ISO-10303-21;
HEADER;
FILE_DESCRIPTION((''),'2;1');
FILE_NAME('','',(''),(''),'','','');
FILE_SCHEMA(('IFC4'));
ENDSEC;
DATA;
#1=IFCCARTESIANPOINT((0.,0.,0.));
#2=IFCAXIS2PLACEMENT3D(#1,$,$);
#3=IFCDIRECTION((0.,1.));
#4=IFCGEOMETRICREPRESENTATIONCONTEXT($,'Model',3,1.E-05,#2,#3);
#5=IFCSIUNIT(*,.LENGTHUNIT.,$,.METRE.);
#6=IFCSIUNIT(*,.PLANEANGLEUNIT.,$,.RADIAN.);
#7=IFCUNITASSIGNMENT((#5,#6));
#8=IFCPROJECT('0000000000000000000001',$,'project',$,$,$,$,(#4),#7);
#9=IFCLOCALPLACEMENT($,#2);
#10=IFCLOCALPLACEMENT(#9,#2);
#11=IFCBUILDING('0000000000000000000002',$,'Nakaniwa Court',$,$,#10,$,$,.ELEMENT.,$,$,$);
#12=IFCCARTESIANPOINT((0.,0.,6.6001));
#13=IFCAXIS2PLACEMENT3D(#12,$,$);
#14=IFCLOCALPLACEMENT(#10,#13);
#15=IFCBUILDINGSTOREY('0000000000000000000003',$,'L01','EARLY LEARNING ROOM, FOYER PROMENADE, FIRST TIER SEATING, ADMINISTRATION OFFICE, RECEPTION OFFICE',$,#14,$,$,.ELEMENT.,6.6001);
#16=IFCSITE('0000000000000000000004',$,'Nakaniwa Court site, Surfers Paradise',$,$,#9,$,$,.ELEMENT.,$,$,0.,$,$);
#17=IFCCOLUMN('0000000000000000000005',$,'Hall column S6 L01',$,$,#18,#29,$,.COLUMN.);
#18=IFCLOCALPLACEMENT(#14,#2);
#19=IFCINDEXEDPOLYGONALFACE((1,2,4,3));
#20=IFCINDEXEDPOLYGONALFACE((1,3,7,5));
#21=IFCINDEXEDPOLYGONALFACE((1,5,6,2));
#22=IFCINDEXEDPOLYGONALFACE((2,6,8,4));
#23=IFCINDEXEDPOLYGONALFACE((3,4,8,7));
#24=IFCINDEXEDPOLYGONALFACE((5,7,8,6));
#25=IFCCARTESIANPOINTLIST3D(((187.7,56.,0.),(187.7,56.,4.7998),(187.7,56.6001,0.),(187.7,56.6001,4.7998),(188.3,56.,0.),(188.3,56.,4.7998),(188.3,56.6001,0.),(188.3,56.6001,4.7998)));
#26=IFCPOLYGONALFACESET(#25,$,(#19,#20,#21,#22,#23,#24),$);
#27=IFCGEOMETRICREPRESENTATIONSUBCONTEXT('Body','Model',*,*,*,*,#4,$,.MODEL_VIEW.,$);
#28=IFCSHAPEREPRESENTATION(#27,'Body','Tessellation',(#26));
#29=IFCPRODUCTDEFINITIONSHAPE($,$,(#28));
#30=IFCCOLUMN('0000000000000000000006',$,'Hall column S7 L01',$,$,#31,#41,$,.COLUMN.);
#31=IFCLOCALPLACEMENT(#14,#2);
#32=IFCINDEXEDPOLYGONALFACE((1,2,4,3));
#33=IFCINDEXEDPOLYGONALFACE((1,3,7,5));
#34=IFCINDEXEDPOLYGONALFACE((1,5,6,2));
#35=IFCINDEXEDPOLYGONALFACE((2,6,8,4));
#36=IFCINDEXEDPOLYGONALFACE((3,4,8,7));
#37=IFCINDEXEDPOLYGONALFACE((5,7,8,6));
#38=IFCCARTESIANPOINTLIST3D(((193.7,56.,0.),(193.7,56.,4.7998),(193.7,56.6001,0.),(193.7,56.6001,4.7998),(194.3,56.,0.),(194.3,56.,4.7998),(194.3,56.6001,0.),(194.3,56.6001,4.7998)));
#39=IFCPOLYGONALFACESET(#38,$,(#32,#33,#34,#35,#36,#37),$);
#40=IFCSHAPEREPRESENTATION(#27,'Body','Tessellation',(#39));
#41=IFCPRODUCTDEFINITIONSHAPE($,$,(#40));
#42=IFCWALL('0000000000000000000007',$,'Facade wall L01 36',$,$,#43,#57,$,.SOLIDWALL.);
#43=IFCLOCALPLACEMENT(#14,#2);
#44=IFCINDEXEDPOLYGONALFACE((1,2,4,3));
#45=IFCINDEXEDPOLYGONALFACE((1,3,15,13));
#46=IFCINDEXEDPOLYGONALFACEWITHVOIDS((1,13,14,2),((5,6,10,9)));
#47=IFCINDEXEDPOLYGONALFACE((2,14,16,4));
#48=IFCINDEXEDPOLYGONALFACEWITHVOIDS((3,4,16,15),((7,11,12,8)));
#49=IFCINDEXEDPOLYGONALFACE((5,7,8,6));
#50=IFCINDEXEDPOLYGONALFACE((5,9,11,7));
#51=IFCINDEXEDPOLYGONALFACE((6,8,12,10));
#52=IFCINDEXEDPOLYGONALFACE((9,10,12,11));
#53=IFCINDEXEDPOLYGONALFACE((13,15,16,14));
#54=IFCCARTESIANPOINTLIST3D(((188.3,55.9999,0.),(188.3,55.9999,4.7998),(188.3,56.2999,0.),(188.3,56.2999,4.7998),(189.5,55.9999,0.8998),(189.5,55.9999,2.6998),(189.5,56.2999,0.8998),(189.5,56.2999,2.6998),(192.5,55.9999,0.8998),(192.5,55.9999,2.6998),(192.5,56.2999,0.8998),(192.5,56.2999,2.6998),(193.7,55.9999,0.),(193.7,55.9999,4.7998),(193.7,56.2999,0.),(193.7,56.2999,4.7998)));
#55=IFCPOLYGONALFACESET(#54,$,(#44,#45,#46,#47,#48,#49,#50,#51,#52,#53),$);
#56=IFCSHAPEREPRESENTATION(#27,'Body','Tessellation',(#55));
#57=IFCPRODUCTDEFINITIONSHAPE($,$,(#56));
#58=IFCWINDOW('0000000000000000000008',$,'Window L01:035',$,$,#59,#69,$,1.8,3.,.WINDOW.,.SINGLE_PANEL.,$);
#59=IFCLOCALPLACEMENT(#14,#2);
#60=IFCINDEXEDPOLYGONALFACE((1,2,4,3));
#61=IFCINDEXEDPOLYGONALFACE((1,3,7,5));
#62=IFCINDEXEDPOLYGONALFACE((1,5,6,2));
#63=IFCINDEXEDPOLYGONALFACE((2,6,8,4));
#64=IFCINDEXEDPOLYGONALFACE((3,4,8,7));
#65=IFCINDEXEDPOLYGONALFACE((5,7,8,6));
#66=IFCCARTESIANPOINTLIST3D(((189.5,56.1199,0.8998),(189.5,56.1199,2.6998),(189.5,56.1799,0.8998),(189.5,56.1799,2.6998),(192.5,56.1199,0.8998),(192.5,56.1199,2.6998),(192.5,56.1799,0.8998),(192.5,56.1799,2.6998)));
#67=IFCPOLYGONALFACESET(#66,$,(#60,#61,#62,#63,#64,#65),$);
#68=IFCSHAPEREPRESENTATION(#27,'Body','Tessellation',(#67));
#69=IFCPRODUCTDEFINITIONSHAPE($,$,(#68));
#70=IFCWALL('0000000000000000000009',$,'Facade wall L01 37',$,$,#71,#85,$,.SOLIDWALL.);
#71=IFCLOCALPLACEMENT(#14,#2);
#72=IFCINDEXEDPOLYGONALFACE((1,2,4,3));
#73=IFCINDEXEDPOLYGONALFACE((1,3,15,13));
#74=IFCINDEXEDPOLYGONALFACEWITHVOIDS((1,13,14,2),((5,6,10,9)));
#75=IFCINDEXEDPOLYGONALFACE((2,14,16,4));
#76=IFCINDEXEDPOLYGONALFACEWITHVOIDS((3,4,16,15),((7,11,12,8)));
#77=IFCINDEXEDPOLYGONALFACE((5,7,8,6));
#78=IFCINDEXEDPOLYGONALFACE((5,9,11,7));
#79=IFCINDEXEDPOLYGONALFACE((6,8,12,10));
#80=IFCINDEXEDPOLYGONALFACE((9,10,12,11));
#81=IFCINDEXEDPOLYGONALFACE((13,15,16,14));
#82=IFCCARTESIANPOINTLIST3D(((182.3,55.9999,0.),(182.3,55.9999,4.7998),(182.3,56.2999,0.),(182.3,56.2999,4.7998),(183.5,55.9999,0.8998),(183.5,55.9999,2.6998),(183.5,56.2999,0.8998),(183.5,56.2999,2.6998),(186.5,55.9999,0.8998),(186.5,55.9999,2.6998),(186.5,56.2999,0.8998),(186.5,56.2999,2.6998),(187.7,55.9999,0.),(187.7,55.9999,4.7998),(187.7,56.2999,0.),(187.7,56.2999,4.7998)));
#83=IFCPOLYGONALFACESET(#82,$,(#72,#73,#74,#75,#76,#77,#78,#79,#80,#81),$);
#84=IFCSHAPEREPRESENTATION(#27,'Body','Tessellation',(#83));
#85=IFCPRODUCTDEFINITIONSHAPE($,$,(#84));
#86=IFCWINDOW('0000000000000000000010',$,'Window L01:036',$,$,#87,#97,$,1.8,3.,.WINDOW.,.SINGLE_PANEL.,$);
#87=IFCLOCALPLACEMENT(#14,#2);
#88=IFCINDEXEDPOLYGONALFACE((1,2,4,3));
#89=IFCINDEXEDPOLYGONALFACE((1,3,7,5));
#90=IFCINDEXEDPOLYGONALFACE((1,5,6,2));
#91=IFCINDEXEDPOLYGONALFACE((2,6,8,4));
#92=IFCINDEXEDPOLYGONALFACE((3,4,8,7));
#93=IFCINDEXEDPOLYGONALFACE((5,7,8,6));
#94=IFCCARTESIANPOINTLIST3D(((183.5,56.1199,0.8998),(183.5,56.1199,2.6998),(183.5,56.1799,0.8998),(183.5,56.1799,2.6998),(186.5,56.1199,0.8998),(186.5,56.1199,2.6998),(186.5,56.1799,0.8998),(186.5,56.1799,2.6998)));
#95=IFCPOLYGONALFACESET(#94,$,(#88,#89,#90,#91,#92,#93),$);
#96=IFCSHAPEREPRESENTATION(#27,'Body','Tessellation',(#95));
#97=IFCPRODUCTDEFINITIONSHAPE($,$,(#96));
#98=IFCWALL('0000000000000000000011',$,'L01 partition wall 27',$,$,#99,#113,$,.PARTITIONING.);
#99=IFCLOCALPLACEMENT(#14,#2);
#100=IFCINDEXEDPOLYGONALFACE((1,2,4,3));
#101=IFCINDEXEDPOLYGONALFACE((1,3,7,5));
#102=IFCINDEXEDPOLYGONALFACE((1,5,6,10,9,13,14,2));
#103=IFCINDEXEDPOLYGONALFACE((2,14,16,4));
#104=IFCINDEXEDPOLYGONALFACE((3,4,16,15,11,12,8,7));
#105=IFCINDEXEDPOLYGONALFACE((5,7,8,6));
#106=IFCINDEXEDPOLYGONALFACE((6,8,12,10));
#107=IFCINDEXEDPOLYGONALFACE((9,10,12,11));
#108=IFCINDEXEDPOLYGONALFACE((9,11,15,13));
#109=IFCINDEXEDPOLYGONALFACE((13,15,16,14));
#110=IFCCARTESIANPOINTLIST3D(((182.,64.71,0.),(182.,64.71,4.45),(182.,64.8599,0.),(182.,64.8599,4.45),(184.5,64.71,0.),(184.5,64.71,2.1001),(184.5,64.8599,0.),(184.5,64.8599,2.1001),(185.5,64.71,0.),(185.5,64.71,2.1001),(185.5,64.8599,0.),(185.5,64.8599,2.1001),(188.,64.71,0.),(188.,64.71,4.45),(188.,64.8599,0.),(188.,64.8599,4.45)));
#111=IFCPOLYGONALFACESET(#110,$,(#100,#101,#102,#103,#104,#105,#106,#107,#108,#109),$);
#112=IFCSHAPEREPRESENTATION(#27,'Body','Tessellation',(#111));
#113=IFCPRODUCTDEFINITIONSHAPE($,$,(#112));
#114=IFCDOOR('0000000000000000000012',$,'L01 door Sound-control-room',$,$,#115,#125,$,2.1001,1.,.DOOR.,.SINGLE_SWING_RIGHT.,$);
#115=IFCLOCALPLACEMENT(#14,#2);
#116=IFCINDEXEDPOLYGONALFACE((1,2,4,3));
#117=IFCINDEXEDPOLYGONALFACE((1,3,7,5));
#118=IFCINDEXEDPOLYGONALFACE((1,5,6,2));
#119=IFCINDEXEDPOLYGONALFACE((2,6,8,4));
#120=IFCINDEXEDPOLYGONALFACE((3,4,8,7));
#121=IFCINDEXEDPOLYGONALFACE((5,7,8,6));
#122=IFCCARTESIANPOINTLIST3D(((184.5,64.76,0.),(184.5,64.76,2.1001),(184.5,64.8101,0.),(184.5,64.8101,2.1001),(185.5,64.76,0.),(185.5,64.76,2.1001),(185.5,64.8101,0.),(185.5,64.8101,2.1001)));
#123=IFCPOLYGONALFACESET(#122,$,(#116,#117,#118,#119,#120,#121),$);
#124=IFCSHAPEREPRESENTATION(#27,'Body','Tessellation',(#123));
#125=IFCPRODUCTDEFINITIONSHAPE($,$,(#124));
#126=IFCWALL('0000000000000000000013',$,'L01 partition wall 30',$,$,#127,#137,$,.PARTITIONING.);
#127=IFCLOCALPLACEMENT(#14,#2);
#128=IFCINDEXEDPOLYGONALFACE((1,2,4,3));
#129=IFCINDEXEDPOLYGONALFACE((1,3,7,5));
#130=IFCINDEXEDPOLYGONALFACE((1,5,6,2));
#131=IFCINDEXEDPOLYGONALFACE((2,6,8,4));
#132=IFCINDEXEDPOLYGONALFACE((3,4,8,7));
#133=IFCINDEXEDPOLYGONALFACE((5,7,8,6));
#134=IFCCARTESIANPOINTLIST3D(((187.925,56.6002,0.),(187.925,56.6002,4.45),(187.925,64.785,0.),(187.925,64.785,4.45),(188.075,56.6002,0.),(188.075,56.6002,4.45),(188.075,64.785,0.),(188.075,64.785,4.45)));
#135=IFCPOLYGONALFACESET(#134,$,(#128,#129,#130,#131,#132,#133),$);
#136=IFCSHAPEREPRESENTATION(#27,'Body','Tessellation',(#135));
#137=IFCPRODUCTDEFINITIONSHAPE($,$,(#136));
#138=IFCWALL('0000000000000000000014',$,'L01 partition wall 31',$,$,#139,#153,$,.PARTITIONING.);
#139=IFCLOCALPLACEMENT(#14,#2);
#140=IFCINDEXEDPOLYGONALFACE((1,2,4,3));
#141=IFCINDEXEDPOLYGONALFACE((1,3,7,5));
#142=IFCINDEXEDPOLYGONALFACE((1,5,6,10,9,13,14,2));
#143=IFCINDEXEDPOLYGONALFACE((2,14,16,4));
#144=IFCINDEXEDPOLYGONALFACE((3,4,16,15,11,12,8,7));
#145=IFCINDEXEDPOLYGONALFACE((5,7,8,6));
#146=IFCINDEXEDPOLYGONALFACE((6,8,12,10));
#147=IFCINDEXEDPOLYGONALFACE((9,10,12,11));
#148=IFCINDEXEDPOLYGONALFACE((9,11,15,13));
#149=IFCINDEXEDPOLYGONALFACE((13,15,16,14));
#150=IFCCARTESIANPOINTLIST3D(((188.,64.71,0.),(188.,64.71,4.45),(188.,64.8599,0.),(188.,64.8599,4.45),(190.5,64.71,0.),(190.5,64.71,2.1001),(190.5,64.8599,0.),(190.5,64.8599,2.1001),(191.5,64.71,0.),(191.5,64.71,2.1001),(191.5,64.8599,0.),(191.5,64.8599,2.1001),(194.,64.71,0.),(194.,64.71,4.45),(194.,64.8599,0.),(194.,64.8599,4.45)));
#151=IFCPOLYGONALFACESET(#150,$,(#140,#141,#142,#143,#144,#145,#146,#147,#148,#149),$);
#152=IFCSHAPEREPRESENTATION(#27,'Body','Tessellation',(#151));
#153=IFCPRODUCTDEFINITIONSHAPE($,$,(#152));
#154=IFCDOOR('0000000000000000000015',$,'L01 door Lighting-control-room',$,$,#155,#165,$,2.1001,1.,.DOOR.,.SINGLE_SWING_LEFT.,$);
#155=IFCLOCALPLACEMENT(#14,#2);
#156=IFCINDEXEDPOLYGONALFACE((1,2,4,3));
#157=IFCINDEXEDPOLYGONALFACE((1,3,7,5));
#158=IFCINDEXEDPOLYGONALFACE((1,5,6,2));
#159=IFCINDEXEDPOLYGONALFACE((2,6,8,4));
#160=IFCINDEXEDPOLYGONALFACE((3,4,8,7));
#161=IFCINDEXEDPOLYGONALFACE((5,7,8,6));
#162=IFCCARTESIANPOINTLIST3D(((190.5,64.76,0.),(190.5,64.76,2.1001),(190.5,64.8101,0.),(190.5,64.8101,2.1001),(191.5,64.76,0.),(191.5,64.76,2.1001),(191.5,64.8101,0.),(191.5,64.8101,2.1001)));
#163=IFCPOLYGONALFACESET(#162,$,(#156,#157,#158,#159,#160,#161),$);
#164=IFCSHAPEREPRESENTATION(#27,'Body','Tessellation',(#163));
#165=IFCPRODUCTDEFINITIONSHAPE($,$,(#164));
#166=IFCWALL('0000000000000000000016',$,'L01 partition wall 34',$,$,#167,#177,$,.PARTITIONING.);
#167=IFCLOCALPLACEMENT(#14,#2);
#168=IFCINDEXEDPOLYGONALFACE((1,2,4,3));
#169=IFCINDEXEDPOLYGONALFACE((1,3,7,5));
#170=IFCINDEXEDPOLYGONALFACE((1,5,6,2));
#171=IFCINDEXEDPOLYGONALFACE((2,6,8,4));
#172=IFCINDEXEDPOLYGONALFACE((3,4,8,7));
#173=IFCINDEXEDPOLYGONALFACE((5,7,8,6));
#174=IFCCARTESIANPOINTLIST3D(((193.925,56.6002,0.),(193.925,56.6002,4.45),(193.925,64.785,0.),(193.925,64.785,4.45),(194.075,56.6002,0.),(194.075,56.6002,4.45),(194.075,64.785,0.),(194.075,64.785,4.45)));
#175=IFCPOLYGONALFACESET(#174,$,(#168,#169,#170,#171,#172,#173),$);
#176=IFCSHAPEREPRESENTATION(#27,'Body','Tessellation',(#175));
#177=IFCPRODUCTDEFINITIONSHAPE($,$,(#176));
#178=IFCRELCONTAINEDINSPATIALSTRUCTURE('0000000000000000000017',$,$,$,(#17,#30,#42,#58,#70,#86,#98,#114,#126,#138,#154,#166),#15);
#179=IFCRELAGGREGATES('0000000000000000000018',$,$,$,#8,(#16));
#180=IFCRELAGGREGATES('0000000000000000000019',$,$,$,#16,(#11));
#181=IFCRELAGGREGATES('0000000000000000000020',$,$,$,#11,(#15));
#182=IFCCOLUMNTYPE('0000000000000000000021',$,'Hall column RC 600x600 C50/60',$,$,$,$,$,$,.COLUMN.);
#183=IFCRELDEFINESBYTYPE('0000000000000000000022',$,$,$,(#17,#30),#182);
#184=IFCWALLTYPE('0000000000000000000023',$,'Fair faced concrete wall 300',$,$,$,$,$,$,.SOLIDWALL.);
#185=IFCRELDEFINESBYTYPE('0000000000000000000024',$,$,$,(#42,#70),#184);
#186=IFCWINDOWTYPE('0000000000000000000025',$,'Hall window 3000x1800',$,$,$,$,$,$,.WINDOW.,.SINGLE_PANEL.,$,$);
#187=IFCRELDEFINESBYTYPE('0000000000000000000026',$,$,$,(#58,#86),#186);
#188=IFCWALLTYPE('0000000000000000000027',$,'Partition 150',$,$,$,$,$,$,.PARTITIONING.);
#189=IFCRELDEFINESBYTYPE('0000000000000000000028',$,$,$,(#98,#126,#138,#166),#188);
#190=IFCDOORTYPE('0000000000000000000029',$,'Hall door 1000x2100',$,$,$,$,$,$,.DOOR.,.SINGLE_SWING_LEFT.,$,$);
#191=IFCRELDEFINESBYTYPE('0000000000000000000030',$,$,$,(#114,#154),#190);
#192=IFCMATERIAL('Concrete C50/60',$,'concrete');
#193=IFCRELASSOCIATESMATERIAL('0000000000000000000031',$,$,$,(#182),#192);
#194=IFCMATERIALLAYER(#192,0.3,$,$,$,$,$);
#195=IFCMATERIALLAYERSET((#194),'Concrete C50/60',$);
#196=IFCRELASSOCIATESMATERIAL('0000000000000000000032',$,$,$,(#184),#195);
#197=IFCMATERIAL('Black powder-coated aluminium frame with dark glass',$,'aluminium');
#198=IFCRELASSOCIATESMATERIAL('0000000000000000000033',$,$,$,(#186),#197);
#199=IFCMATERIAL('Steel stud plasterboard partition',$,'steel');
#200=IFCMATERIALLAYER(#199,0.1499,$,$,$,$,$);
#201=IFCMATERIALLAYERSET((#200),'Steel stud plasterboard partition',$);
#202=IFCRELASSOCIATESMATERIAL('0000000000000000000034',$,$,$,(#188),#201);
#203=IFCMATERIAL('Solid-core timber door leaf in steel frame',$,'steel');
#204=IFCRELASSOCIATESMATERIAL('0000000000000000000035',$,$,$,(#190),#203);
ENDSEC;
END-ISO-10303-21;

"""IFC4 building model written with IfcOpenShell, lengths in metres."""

from ifc_helpers import new_model, si_unit, direction, frame, frame_2d, origin, origin_2d, place, context, subcontext, project, spatial, rectangle, extrude, material, layer, layer_set, material_profile, profile_set, type_object, element, fill, save


model = new_model("IFC4")

# Units and contexts
model_context = context("Model", 3, precision=1e-05, world=origin(), true_north=direction((0.0, 1.0)))
body_context = subcontext(model_context, "Body", "Model", "MODEL_VIEW")
ifc_project = project(units=[si_unit("LENGTHUNIT", "METRE"), si_unit("PLANEANGLEUNIT", "RADIAN")], contexts=[model_context])

# Site, building, storey
site_placement = place(None, origin())
site = spatial("IfcSite", under=ifc_project, at=site_placement, Name="Nakaniwa Court site, Surfers Paradise", CompositionType="ELEMENT", RefElevation=0.0)
building_placement = place(site_placement, origin())
building = spatial("IfcBuilding", under=site, at=building_placement, Name="Nakaniwa Court", CompositionType="ELEMENT")
storey_placement = place(building_placement, frame((0.0, 0.0, 6.6001)))
storey = spatial("IfcBuildingStorey", under=building, at=storey_placement, Name="L01", Description="EARLY LEARNING ROOM, FOYER PROMENADE, FIRST TIER SEATING, ADMINISTRATION OFFICE, RECEPTION OFFICE", CompositionType="ELEMENT", Elevation=6.6001)

# Columns
ifc_material_1 = material(Name="Concrete C50/60", Category="concrete")
ifc_material_profile_1 = material_profile(ifc_material_1, rectangle(XDim=0.6001, YDim=0.6001, at=origin_2d()), Name="RC 600x600")
ifc_profile_set_1 = profile_set([ifc_material_profile_1], Name="Concrete C50/60")
column_type = type_object("IfcColumnType", Name="Hall column RC 600x600 C50/60", PredefinedType="COLUMN", material=ifc_profile_set_1)
for number, where, z_axis, x_axis, name in (
    (1, (188.0, 56.3, 0.0), (0.0, 0.0, 1.0), (1.0, 0.0, 0.0), "Hall column S6 L01"),
    (2, (194.0, 56.3, 0.0), (0.0, 0.0, 1.0), (1.0, 0.0, 0.0), "Hall column S7 L01"),
):
    element("IfcColumn", number, at=place(storey_placement, frame(where, z_axis=z_axis, x_axis=x_axis)), inside=storey, type_object=column_type, Name=name, PredefinedType="COLUMN", context=body_context, shape_type="SweptSolid", body=[
        extrude(rectangle(XDim=0.6001, YDim=0.6001, at=origin_2d()), origin(), (0.0, 0.0, 1.0), 4.7998),
    ])

# Walls, openings, windows
ifc_layer_1 = layer(ifc_material_1, 0.3)
ifc_layer_set_1 = layer_set([ifc_layer_1], Name="Concrete C50/60")
wall_type_1 = type_object("IfcWallType", Name="Fair faced concrete wall 300", PredefinedType="SOLIDWALL", material=ifc_layer_set_1)
wall_1_placement = place(storey_placement, frame((193.7, 56.1499, 0.0), z_axis=(0.0, 0.0, 1.0), x_axis=(-1.0, 0.0, 0.0)))
wall_1 = element("IfcWall", 3, at=wall_1_placement, inside=storey, type_object=wall_type_1, Name="Facade wall L01 36", PredefinedType="SOLIDWALL", context=body_context, shape_type="SweptSolid", body=[
    extrude(rectangle(XDim=5.3999, YDim=0.3, at=frame_2d((2.7, 0.0))), origin(), (0.0, 0.0, 1.0), 4.7998),
])
opening_1_placement = place(wall_1_placement, frame((1.2, 0.0, 0.8999)))
opening_1 = element("IfcOpeningElement", 4, at=opening_1_placement, cuts=wall_1, PredefinedType="OPENING", context=body_context, shape_type="SweptSolid", body=[
    extrude(rectangle(XDim=3.0, YDim=1.8, at=frame_2d((1.5, 0.8999))), frame((0.0, 0.1599, 0.0), z_axis=(0.0, -1.0, 0.0), x_axis=(1.0, 0.0, 0.0)), (0.0, 0.0, 1.0), 0.3201),
])
ifc_material_2 = material(Name="Black powder-coated aluminium frame with dark glass", Category="aluminium")
window_type = type_object("IfcWindowType", Name="Hall window 3000x1800", PartitioningType="SINGLE_PANEL", PredefinedType="WINDOW", material=ifc_material_2)
window_1_placement = place(opening_1_placement, origin())
window_1 = element("IfcWindow", 5, at=window_1_placement, inside=storey, type_object=window_type, Name="Window L01:035", OverallHeight=1.8, OverallWidth=3.0, PartitioningType="SINGLE_PANEL", PredefinedType="WINDOW", context=body_context, shape_type="SweptSolid", body=[
    extrude(rectangle(XDim=3.0, YDim=1.8, at=frame_2d((1.5, 0.8999))), frame((0.0, 0.03, 0.0), z_axis=(0.0, -1.0, 0.0), x_axis=(1.0, 0.0, 0.0)), (0.0, 0.0, 1.0), 0.0601),
])
fill(opening_1, window_1)
wall_2_placement = place(storey_placement, frame((187.7, 56.1499, 0.0), z_axis=(0.0, 0.0, 1.0), x_axis=(-1.0, 0.0, 0.0)))
wall_2 = element("IfcWall", 6, at=wall_2_placement, inside=storey, type_object=wall_type_1, Name="Facade wall L01 37", PredefinedType="SOLIDWALL", context=body_context, shape_type="SweptSolid", body=[
    extrude(rectangle(XDim=5.3999, YDim=0.3, at=frame_2d((2.7, 0.0))), origin(), (0.0, 0.0, 1.0), 4.7998),
])
opening_2_placement = place(wall_2_placement, frame((1.2, 0.0, 0.8999)))
opening_2 = element("IfcOpeningElement", 7, at=opening_2_placement, cuts=wall_2, PredefinedType="OPENING", context=body_context, shape_type="SweptSolid", body=[
    extrude(rectangle(XDim=3.0, YDim=1.8, at=frame_2d((1.5, 0.8999))), frame((0.0, 0.1599, 0.0), z_axis=(0.0, -1.0, 0.0), x_axis=(1.0, 0.0, 0.0)), (0.0, 0.0, 1.0), 0.3201),
])
window_2_placement = place(opening_2_placement, origin())
window_2 = element("IfcWindow", 8, at=window_2_placement, inside=storey, type_object=window_type, Name="Window L01:036", OverallHeight=1.8, OverallWidth=3.0, PartitioningType="SINGLE_PANEL", PredefinedType="WINDOW", context=body_context, shape_type="SweptSolid", body=[
    extrude(rectangle(XDim=3.0, YDim=1.8, at=frame_2d((1.5, 0.8999))), frame((0.0, 0.03, 0.0), z_axis=(0.0, -1.0, 0.0), x_axis=(1.0, 0.0, 0.0)), (0.0, 0.0, 1.0), 0.0601),
])
fill(opening_2, window_2)

# Wall, opening, door
ifc_material_3 = material(Name="Steel stud plasterboard partition", Category="steel")
ifc_layer_2 = layer(ifc_material_3, 0.1499)
ifc_layer_set_2 = layer_set([ifc_layer_2], Name="Steel stud plasterboard partition")
wall_type_2 = type_object("IfcWallType", Name="Partition 150", PredefinedType="PARTITIONING", material=ifc_layer_set_2)
wall_3_placement = place(storey_placement, frame((188.0, 64.7849, 0.0), z_axis=(0.0, 0.0, 1.0), x_axis=(-1.0, 0.0, 0.0)))
wall_3 = element("IfcWall", 9, at=wall_3_placement, inside=storey, type_object=wall_type_2, Name="L01 partition wall 27", PredefinedType="PARTITIONING", context=body_context, shape_type="SweptSolid", body=[
    extrude(rectangle(XDim=6.0, YDim=0.1499, at=frame_2d((3.0, 0.0))), origin(), (0.0, 0.0, 1.0), 4.45),
])
opening_3_placement = place(wall_3_placement, frame((2.5, 0.0, 0.0)))
opening_3 = element("IfcOpeningElement", 10, at=opening_3_placement, cuts=wall_3, PredefinedType="OPENING", context=body_context, shape_type="SweptSolid", body=[
    extrude(rectangle(XDim=1.0, YDim=2.1001, at=frame_2d((0.5, 1.05))), frame((0.0, 0.085, 0.0), z_axis=(0.0, -1.0, 0.0), x_axis=(1.0, 0.0, 0.0)), (0.0, 0.0, 1.0), 0.1699),
])
ifc_material_4 = material(Name="Solid-core timber door leaf in steel frame", Category="steel")
door_type = type_object("IfcDoorType", Name="Hall door 1000x2100", OperationType="SINGLE_SWING_LEFT", PredefinedType="DOOR", material=ifc_material_4)
door_1_placement = place(opening_3_placement, origin())
door_1 = element("IfcDoor", 11, at=door_1_placement, inside=storey, type_object=door_type, Name="L01 door Sound-control-room", OperationType="SINGLE_SWING_RIGHT", OverallHeight=2.1001, OverallWidth=1.0, PredefinedType="DOOR", context=body_context, shape_type="SweptSolid", body=[
    extrude(rectangle(XDim=1.0, YDim=2.1001, at=frame_2d((0.5, 1.05))), frame((0.0, 0.0249, 0.0), z_axis=(0.0, -1.0, 0.0), x_axis=(1.0, 0.0, 0.0)), (0.0, 0.0, 1.0), 0.05),
])
fill(opening_3, door_1)

# Wall
wall_4_placement = place(storey_placement, frame((188.0, 64.7849, 0.0), z_axis=(0.0, 0.0, 1.0), x_axis=(0.0, -1.0, 0.0)))
element("IfcWall", 12, at=wall_4_placement, inside=storey, type_object=wall_type_2, Name="L01 partition wall 30", PredefinedType="PARTITIONING", context=body_context, shape_type="SweptSolid", body=[
    extrude(rectangle(XDim=8.1848, YDim=0.1499, at=frame_2d((4.0923, 0.0))), origin(), (0.0, 0.0, 1.0), 4.45),
])

# Wall, opening, door
wall_5_placement = place(storey_placement, frame((194.0, 64.7849, 0.0), z_axis=(0.0, 0.0, 1.0), x_axis=(-1.0, 0.0, 0.0)))
wall_5 = element("IfcWall", 13, at=wall_5_placement, inside=storey, type_object=wall_type_2, Name="L01 partition wall 31", PredefinedType="PARTITIONING", context=body_context, shape_type="SweptSolid", body=[
    extrude(rectangle(XDim=6.0, YDim=0.1499, at=frame_2d((3.0, 0.0))), origin(), (0.0, 0.0, 1.0), 4.45),
])
opening_4_placement = place(wall_5_placement, frame((2.5, 0.0, 0.0)))
opening_4 = element("IfcOpeningElement", 14, at=opening_4_placement, cuts=wall_5, PredefinedType="OPENING", context=body_context, shape_type="SweptSolid", body=[
    extrude(rectangle(XDim=1.0, YDim=2.1001, at=frame_2d((0.5, 1.05))), frame((0.0, 0.085, 0.0), z_axis=(0.0, -1.0, 0.0), x_axis=(1.0, 0.0, 0.0)), (0.0, 0.0, 1.0), 0.1699),
])
door_2_placement = place(opening_4_placement, origin())
door_2 = element("IfcDoor", 15, at=door_2_placement, inside=storey, type_object=door_type, Name="L01 door Lighting-control-room", OperationType="SINGLE_SWING_LEFT", OverallHeight=2.1001, OverallWidth=1.0, PredefinedType="DOOR", context=body_context, shape_type="SweptSolid", body=[
    extrude(rectangle(XDim=1.0, YDim=2.1001, at=frame_2d((0.5, 1.05))), frame((0.0, 0.0249, 0.0), z_axis=(0.0, -1.0, 0.0), x_axis=(1.0, 0.0, 0.0)), (0.0, 0.0, 1.0), 0.05),
])
fill(opening_4, door_2)

# Wall
wall_6_placement = place(storey_placement, frame((194.0, 64.7849, 0.0), z_axis=(0.0, 0.0, 1.0), x_axis=(0.0, -1.0, 0.0)))
element("IfcWall", 16, at=wall_6_placement, inside=storey, type_object=wall_type_2, Name="L01 partition wall 34", PredefinedType="PARTITIONING", context=body_context, shape_type="SweptSolid", body=[
    extrude(rectangle(XDim=8.1848, YDim=0.1499, at=frame_2d((4.0923, 0.0))), origin(), (0.0, 0.0, 1.0), 4.45),
])

save(model, "model.ifc")
